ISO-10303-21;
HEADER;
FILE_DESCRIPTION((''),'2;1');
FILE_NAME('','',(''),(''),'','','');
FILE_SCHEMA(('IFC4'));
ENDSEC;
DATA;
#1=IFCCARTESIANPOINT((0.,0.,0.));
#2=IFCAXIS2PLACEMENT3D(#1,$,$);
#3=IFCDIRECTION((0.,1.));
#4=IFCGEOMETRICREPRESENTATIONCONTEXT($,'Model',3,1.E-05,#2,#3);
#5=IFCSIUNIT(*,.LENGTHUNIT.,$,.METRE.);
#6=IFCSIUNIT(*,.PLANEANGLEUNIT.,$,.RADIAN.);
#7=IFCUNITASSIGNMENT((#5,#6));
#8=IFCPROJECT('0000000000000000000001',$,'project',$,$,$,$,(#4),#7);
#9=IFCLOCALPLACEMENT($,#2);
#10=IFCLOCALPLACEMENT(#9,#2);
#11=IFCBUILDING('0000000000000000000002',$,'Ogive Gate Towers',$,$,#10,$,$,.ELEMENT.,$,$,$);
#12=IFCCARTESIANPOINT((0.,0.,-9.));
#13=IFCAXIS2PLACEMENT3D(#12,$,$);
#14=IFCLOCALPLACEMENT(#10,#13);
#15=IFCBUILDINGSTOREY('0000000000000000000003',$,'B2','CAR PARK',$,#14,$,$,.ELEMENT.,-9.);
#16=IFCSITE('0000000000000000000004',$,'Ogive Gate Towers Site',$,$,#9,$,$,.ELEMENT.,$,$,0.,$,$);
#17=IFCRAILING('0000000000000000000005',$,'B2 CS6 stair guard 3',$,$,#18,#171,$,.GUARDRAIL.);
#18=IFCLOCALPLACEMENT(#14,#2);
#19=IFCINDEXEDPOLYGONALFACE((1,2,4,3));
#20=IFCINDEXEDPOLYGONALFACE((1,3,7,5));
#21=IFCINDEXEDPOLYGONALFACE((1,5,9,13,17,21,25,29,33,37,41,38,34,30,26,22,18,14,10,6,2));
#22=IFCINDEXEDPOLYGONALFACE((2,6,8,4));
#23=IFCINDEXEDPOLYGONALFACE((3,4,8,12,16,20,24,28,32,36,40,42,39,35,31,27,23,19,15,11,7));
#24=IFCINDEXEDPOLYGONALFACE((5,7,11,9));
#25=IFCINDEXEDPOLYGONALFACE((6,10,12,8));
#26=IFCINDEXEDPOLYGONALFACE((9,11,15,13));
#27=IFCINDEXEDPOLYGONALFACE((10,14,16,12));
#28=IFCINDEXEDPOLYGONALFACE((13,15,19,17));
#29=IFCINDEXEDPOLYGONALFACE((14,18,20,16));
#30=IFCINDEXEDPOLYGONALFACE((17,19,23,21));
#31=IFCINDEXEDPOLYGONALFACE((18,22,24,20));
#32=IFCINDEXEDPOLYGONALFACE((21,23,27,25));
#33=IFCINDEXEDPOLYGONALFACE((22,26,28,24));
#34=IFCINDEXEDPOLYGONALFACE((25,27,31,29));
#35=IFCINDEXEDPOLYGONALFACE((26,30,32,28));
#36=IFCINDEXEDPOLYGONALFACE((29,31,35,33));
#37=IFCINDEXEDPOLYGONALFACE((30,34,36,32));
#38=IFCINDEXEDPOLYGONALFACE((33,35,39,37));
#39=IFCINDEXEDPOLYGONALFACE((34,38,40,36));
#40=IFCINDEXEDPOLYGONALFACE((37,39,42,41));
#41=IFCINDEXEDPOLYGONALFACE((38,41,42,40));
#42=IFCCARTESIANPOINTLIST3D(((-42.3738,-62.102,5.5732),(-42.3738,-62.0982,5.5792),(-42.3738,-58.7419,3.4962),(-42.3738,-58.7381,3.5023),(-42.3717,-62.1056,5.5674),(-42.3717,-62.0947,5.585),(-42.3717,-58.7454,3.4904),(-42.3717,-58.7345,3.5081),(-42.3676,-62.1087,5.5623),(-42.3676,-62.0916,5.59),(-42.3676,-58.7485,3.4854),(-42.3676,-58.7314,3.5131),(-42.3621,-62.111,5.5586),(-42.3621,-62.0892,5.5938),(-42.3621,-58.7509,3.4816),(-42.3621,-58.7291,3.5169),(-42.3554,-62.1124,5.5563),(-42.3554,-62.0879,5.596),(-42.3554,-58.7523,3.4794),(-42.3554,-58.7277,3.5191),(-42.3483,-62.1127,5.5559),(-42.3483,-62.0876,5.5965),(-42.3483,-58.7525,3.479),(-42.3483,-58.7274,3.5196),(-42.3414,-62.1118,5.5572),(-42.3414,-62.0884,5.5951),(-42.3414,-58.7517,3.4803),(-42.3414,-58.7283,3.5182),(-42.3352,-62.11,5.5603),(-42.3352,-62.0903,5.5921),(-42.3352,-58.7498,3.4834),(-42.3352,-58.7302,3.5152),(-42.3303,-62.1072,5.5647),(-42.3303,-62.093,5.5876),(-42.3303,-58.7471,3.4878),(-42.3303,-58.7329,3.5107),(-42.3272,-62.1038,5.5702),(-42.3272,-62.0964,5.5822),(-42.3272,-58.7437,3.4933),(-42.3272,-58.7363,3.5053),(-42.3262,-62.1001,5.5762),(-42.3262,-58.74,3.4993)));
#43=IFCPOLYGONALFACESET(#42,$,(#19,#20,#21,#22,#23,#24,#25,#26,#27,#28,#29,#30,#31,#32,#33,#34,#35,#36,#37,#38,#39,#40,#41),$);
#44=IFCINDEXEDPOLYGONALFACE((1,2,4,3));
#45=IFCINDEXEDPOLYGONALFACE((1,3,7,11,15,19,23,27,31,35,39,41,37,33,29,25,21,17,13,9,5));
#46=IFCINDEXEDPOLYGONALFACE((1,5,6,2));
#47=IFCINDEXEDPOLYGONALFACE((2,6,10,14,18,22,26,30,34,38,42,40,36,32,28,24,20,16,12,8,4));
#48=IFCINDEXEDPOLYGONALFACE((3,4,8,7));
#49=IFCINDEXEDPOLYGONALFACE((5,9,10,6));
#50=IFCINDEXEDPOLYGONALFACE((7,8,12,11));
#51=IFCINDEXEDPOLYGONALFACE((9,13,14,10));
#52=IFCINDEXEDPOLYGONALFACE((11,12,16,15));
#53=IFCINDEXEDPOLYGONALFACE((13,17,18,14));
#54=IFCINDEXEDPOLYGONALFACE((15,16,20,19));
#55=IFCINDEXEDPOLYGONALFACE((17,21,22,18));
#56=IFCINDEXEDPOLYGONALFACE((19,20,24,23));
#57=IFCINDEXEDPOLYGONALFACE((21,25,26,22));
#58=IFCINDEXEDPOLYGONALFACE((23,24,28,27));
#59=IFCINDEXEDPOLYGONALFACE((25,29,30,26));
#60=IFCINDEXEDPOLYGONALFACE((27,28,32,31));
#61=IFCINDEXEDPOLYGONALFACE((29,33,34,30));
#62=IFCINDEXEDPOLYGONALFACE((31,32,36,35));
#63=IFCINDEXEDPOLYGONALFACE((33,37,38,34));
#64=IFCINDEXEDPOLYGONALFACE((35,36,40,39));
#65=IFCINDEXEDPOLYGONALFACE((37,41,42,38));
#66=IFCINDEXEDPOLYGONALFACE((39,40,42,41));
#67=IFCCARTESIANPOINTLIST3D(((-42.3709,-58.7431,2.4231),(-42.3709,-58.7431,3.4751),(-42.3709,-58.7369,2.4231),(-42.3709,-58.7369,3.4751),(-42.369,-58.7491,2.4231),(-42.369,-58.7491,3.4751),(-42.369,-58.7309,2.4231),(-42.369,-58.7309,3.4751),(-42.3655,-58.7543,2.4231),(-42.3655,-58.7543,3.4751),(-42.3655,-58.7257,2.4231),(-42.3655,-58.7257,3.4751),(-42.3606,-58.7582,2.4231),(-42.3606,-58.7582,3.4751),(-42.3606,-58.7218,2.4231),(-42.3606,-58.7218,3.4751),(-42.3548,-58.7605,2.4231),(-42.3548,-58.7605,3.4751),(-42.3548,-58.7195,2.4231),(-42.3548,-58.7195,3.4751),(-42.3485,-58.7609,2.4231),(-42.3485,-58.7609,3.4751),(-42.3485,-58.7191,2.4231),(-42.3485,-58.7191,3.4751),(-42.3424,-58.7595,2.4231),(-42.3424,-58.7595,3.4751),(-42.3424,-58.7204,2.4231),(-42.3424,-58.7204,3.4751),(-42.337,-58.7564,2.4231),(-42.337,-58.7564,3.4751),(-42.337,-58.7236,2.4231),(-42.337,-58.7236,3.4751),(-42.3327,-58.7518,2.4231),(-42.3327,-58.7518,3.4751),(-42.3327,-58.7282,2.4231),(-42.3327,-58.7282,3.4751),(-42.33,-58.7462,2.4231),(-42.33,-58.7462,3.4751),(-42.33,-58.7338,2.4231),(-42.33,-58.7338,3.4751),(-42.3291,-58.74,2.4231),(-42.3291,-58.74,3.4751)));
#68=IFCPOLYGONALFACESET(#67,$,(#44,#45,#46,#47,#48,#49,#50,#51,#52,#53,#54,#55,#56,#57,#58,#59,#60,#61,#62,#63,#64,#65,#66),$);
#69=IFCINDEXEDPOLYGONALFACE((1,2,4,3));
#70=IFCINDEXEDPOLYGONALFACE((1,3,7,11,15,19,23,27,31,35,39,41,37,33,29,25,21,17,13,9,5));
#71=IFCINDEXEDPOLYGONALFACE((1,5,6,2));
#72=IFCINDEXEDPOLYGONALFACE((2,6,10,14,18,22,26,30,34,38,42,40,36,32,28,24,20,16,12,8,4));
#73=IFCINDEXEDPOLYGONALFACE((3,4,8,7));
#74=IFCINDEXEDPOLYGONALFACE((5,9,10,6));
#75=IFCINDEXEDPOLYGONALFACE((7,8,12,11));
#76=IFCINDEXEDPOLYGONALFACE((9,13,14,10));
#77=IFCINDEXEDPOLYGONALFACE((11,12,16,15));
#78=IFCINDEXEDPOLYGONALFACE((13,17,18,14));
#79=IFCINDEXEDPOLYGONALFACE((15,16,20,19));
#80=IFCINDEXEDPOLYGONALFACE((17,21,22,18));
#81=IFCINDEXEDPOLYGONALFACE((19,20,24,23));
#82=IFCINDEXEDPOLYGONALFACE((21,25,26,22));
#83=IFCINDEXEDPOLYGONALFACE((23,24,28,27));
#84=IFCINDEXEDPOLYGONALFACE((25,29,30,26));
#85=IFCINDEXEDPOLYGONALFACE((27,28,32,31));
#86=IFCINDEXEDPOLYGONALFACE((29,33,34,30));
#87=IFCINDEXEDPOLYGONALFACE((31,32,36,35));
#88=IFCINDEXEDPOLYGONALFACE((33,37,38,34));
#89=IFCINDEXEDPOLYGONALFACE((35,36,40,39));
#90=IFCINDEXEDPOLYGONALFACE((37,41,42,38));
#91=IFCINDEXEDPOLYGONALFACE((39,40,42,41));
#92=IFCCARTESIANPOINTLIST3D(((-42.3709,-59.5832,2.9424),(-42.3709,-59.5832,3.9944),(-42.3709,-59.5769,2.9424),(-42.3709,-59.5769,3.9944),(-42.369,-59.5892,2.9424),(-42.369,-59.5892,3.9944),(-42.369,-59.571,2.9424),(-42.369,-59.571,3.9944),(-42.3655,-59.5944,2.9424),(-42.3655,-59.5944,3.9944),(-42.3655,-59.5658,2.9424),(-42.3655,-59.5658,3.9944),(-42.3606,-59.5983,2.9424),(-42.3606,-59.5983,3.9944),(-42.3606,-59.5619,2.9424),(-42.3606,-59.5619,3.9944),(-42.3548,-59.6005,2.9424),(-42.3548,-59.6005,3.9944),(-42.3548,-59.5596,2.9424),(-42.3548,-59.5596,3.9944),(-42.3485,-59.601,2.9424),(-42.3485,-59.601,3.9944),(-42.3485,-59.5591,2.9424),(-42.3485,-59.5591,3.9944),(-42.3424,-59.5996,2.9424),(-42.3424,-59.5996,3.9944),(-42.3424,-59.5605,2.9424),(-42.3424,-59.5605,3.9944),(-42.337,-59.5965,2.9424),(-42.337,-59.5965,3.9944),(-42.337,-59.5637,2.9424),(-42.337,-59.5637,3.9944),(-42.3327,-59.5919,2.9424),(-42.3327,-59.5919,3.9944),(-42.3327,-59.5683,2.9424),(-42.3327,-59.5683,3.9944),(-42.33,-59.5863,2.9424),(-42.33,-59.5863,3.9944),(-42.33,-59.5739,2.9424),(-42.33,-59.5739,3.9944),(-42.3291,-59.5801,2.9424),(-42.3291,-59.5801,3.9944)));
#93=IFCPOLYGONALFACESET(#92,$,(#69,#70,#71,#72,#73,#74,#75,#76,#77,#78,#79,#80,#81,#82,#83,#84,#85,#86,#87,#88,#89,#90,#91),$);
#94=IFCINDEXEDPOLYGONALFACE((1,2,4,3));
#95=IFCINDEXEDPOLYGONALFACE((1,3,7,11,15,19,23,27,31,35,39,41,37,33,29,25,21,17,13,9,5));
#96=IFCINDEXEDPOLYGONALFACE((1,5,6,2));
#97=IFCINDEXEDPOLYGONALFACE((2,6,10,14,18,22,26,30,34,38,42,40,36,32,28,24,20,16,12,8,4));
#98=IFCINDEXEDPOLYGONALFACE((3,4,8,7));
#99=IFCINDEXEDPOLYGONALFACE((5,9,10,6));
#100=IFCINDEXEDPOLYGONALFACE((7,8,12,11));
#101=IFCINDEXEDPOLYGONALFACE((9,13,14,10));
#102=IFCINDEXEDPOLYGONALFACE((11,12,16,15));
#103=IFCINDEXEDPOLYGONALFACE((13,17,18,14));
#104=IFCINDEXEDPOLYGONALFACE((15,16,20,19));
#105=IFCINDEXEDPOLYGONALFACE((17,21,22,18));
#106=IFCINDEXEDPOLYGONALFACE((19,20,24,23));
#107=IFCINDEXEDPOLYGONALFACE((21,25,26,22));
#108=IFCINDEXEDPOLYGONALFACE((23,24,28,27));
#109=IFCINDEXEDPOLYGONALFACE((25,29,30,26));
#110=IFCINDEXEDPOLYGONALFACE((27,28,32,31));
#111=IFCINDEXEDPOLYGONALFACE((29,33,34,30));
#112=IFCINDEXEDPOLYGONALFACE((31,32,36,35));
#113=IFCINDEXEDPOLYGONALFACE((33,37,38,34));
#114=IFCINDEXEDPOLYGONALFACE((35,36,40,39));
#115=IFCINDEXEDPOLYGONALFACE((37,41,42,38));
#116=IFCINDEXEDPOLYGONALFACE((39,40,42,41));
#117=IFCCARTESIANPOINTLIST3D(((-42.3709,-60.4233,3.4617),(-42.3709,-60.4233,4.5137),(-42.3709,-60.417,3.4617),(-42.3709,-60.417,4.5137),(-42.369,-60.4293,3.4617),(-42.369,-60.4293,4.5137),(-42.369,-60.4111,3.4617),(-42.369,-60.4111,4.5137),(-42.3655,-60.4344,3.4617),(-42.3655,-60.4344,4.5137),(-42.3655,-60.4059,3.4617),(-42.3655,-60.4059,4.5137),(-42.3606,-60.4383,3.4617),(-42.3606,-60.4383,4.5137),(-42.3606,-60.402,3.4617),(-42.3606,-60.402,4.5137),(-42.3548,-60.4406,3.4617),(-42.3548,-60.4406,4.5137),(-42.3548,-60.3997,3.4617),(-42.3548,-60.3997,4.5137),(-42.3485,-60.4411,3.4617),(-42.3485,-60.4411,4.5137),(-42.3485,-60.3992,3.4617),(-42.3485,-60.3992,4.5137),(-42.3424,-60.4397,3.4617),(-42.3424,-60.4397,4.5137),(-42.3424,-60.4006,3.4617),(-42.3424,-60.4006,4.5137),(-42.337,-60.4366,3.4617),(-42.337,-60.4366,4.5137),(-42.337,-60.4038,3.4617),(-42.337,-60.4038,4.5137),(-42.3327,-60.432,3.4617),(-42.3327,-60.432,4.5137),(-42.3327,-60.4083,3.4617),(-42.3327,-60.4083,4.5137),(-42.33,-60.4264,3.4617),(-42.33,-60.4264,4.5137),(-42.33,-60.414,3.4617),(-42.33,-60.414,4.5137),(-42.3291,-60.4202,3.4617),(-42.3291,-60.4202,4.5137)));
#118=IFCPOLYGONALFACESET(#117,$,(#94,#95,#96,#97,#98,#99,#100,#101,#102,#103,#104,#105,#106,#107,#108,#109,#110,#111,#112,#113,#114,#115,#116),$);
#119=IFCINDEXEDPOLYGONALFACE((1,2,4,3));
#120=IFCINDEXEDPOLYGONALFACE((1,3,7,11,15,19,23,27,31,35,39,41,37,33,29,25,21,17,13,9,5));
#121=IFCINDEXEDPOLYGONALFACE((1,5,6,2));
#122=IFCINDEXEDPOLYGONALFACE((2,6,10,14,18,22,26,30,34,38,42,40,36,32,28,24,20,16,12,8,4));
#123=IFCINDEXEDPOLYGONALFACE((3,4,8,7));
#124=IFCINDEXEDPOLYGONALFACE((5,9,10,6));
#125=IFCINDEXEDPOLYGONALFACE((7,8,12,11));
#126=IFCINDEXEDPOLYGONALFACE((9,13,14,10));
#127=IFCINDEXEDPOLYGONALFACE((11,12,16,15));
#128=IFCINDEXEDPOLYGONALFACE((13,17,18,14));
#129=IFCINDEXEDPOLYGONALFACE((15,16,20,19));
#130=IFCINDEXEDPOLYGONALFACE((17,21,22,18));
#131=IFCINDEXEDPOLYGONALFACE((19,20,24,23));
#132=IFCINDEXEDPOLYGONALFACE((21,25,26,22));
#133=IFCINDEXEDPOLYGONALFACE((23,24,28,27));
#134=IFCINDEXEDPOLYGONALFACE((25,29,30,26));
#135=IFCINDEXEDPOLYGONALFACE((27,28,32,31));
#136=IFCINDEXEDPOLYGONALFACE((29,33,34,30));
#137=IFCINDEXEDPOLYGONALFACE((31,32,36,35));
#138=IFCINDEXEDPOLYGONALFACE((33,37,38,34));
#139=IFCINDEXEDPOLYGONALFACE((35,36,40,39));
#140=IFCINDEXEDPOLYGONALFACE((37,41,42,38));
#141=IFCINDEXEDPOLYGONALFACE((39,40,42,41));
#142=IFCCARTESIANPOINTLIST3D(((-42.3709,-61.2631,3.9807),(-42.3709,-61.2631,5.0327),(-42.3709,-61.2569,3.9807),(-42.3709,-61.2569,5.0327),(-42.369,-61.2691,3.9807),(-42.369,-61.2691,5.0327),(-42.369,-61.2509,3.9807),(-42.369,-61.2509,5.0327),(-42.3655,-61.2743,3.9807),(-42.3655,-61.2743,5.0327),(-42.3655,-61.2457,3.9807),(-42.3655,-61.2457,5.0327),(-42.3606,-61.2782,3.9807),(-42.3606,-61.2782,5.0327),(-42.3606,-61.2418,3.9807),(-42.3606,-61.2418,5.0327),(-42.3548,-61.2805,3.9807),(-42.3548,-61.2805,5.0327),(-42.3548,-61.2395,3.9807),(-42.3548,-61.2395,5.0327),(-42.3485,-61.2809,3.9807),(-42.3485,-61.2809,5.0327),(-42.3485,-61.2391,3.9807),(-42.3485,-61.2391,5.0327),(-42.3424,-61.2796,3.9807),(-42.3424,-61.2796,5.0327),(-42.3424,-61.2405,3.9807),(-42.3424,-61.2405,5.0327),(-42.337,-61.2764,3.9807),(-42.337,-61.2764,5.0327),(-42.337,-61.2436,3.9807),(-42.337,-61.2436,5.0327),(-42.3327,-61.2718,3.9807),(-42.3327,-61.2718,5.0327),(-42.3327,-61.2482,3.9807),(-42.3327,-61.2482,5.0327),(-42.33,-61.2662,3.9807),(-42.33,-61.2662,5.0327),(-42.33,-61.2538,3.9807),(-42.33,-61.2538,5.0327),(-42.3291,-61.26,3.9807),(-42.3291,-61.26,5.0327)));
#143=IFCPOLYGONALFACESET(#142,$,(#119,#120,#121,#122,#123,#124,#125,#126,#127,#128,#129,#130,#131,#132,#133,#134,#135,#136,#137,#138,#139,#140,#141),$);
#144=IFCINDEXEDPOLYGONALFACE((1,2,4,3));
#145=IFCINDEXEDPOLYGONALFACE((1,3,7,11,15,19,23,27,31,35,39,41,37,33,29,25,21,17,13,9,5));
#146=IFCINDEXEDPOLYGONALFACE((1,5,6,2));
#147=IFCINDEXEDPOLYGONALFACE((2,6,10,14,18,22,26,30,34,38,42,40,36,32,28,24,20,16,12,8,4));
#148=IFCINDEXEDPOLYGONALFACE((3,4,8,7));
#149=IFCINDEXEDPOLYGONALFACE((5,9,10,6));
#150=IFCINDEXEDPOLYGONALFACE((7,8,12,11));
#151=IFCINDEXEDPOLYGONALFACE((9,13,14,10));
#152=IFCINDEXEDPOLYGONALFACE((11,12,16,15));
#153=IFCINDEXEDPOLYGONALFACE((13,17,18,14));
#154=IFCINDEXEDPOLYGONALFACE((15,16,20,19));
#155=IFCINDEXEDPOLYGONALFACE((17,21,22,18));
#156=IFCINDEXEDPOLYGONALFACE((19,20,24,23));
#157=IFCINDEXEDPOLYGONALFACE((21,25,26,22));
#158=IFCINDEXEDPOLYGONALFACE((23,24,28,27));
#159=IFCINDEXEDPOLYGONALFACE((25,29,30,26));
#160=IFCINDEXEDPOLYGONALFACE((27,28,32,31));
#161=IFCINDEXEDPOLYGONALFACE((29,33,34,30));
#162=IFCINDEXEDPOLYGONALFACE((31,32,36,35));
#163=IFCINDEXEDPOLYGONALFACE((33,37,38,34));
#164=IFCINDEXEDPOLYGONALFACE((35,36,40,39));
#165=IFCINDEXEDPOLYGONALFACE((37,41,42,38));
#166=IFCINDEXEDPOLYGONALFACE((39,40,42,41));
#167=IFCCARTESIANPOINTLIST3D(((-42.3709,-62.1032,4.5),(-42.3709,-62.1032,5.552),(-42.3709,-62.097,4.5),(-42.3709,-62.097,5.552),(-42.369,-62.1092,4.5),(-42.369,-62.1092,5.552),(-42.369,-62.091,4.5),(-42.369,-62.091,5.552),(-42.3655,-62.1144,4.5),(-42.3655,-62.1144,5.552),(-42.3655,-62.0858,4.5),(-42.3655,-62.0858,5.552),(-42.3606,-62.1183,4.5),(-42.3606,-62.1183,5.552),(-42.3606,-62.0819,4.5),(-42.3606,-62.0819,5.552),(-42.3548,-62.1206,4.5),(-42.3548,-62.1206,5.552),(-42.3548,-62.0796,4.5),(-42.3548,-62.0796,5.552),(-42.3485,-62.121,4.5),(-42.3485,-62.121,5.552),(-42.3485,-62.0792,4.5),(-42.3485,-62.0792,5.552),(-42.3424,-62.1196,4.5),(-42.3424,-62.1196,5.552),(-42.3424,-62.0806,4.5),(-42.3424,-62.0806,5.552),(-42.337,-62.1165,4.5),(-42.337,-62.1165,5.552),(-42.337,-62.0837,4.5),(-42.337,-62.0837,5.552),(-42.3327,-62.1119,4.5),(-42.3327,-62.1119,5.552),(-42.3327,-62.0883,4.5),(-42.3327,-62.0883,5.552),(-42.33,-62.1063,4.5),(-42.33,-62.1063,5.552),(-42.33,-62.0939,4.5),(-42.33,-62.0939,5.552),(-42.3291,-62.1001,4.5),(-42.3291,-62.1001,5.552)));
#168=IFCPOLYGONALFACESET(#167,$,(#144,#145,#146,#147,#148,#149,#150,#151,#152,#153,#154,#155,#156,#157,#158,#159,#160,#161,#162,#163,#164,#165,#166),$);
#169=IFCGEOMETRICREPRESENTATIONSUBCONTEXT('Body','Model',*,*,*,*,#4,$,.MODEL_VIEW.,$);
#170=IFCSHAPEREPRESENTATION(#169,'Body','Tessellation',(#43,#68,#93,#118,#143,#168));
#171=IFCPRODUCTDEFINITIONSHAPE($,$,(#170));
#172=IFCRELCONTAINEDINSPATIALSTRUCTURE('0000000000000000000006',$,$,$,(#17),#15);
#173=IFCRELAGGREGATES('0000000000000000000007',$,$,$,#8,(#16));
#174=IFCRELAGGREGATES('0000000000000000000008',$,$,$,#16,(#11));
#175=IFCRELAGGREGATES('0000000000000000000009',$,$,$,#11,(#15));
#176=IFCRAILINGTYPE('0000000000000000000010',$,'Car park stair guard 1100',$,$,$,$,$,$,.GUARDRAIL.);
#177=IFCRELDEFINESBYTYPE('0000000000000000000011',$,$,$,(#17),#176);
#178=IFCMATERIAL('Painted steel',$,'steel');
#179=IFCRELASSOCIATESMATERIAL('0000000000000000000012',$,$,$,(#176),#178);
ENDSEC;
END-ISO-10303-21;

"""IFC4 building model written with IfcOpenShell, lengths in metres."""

from ifc_helpers import new_model, si_unit, direction, frame, origin, origin_2d, place, context, subcontext, project, spatial, circle, extrude, material, type_object, element, save


model = new_model("IFC4")

# Units and contexts
model_context = context("Model", 3, precision=1e-05, world=origin(), true_north=direction((0.0, 1.0)))
body_context = subcontext(model_context, "Body", "Model", "MODEL_VIEW")
ifc_project = project(units=[si_unit("LENGTHUNIT", "METRE"), si_unit("PLANEANGLEUNIT", "RADIAN")], contexts=[model_context])

# Site, building, storey
site_placement = place(None, origin())
site = spatial("IfcSite", under=ifc_project, at=site_placement, Name="Ogive Gate Towers Site", CompositionType="ELEMENT", RefElevation=0.0)
building_placement = place(site_placement, origin())
building = spatial("IfcBuilding", under=site, at=building_placement, Name="Ogive Gate Towers", CompositionType="ELEMENT")
storey_placement = place(building_placement, frame((0.0, 0.0, -9.0)))
storey = spatial("IfcBuildingStorey", under=building, at=storey_placement, Name="B2", Description="CAR PARK", CompositionType="ELEMENT", Elevation=-9.0)

# Railing
ifc_material_1 = material(Name="Painted steel", Category="steel")
railing_type_1 = type_object("IfcRailingType", Name="Car park stair guard 1100", PredefinedType="GUARDRAIL", material=ifc_material_1)
railing_1_placement = place(storey_placement, frame((-42.3501, -58.74, 2.4231)))
element("IfcRailing", 1, at=railing_1_placement, inside=storey, type_object=railing_type_1, Name="B2 CS6 stair guard 3", PredefinedType="GUARDRAIL", context=body_context, shape_type="SweptSolid", body=[
    extrude(circle(Radius=0.0239, at=origin_2d()), frame((0.0, 0.0, 1.0762), z_axis=(0.0, -0.850623, 0.525776), x_axis=(1.0, 0.0, 0.0)), (0.0, 0.0, 1.0), 3.9502),
    extrude(circle(Radius=0.021, at=origin_2d()), origin(), (0.0, 0.0, 1.0), 1.052),
    extrude(circle(Radius=0.021, at=origin_2d()), frame((0.0, -0.8401, 0.5193)), (0.0, 0.0, 1.0), 1.052),
    extrude(circle(Radius=0.021, at=origin_2d()), frame((0.0, -1.6802, 1.0386)), (0.0, 0.0, 1.0), 1.052),
    extrude(circle(Radius=0.021, at=origin_2d()), frame((0.0, -2.52, 1.5576)), (0.0, 0.0, 1.0), 1.052),
    extrude(circle(Radius=0.021, at=origin_2d()), frame((0.0, -3.3601, 2.0769)), (0.0, 0.0, 1.0), 1.052),
])

save(model, "model.ifc")
